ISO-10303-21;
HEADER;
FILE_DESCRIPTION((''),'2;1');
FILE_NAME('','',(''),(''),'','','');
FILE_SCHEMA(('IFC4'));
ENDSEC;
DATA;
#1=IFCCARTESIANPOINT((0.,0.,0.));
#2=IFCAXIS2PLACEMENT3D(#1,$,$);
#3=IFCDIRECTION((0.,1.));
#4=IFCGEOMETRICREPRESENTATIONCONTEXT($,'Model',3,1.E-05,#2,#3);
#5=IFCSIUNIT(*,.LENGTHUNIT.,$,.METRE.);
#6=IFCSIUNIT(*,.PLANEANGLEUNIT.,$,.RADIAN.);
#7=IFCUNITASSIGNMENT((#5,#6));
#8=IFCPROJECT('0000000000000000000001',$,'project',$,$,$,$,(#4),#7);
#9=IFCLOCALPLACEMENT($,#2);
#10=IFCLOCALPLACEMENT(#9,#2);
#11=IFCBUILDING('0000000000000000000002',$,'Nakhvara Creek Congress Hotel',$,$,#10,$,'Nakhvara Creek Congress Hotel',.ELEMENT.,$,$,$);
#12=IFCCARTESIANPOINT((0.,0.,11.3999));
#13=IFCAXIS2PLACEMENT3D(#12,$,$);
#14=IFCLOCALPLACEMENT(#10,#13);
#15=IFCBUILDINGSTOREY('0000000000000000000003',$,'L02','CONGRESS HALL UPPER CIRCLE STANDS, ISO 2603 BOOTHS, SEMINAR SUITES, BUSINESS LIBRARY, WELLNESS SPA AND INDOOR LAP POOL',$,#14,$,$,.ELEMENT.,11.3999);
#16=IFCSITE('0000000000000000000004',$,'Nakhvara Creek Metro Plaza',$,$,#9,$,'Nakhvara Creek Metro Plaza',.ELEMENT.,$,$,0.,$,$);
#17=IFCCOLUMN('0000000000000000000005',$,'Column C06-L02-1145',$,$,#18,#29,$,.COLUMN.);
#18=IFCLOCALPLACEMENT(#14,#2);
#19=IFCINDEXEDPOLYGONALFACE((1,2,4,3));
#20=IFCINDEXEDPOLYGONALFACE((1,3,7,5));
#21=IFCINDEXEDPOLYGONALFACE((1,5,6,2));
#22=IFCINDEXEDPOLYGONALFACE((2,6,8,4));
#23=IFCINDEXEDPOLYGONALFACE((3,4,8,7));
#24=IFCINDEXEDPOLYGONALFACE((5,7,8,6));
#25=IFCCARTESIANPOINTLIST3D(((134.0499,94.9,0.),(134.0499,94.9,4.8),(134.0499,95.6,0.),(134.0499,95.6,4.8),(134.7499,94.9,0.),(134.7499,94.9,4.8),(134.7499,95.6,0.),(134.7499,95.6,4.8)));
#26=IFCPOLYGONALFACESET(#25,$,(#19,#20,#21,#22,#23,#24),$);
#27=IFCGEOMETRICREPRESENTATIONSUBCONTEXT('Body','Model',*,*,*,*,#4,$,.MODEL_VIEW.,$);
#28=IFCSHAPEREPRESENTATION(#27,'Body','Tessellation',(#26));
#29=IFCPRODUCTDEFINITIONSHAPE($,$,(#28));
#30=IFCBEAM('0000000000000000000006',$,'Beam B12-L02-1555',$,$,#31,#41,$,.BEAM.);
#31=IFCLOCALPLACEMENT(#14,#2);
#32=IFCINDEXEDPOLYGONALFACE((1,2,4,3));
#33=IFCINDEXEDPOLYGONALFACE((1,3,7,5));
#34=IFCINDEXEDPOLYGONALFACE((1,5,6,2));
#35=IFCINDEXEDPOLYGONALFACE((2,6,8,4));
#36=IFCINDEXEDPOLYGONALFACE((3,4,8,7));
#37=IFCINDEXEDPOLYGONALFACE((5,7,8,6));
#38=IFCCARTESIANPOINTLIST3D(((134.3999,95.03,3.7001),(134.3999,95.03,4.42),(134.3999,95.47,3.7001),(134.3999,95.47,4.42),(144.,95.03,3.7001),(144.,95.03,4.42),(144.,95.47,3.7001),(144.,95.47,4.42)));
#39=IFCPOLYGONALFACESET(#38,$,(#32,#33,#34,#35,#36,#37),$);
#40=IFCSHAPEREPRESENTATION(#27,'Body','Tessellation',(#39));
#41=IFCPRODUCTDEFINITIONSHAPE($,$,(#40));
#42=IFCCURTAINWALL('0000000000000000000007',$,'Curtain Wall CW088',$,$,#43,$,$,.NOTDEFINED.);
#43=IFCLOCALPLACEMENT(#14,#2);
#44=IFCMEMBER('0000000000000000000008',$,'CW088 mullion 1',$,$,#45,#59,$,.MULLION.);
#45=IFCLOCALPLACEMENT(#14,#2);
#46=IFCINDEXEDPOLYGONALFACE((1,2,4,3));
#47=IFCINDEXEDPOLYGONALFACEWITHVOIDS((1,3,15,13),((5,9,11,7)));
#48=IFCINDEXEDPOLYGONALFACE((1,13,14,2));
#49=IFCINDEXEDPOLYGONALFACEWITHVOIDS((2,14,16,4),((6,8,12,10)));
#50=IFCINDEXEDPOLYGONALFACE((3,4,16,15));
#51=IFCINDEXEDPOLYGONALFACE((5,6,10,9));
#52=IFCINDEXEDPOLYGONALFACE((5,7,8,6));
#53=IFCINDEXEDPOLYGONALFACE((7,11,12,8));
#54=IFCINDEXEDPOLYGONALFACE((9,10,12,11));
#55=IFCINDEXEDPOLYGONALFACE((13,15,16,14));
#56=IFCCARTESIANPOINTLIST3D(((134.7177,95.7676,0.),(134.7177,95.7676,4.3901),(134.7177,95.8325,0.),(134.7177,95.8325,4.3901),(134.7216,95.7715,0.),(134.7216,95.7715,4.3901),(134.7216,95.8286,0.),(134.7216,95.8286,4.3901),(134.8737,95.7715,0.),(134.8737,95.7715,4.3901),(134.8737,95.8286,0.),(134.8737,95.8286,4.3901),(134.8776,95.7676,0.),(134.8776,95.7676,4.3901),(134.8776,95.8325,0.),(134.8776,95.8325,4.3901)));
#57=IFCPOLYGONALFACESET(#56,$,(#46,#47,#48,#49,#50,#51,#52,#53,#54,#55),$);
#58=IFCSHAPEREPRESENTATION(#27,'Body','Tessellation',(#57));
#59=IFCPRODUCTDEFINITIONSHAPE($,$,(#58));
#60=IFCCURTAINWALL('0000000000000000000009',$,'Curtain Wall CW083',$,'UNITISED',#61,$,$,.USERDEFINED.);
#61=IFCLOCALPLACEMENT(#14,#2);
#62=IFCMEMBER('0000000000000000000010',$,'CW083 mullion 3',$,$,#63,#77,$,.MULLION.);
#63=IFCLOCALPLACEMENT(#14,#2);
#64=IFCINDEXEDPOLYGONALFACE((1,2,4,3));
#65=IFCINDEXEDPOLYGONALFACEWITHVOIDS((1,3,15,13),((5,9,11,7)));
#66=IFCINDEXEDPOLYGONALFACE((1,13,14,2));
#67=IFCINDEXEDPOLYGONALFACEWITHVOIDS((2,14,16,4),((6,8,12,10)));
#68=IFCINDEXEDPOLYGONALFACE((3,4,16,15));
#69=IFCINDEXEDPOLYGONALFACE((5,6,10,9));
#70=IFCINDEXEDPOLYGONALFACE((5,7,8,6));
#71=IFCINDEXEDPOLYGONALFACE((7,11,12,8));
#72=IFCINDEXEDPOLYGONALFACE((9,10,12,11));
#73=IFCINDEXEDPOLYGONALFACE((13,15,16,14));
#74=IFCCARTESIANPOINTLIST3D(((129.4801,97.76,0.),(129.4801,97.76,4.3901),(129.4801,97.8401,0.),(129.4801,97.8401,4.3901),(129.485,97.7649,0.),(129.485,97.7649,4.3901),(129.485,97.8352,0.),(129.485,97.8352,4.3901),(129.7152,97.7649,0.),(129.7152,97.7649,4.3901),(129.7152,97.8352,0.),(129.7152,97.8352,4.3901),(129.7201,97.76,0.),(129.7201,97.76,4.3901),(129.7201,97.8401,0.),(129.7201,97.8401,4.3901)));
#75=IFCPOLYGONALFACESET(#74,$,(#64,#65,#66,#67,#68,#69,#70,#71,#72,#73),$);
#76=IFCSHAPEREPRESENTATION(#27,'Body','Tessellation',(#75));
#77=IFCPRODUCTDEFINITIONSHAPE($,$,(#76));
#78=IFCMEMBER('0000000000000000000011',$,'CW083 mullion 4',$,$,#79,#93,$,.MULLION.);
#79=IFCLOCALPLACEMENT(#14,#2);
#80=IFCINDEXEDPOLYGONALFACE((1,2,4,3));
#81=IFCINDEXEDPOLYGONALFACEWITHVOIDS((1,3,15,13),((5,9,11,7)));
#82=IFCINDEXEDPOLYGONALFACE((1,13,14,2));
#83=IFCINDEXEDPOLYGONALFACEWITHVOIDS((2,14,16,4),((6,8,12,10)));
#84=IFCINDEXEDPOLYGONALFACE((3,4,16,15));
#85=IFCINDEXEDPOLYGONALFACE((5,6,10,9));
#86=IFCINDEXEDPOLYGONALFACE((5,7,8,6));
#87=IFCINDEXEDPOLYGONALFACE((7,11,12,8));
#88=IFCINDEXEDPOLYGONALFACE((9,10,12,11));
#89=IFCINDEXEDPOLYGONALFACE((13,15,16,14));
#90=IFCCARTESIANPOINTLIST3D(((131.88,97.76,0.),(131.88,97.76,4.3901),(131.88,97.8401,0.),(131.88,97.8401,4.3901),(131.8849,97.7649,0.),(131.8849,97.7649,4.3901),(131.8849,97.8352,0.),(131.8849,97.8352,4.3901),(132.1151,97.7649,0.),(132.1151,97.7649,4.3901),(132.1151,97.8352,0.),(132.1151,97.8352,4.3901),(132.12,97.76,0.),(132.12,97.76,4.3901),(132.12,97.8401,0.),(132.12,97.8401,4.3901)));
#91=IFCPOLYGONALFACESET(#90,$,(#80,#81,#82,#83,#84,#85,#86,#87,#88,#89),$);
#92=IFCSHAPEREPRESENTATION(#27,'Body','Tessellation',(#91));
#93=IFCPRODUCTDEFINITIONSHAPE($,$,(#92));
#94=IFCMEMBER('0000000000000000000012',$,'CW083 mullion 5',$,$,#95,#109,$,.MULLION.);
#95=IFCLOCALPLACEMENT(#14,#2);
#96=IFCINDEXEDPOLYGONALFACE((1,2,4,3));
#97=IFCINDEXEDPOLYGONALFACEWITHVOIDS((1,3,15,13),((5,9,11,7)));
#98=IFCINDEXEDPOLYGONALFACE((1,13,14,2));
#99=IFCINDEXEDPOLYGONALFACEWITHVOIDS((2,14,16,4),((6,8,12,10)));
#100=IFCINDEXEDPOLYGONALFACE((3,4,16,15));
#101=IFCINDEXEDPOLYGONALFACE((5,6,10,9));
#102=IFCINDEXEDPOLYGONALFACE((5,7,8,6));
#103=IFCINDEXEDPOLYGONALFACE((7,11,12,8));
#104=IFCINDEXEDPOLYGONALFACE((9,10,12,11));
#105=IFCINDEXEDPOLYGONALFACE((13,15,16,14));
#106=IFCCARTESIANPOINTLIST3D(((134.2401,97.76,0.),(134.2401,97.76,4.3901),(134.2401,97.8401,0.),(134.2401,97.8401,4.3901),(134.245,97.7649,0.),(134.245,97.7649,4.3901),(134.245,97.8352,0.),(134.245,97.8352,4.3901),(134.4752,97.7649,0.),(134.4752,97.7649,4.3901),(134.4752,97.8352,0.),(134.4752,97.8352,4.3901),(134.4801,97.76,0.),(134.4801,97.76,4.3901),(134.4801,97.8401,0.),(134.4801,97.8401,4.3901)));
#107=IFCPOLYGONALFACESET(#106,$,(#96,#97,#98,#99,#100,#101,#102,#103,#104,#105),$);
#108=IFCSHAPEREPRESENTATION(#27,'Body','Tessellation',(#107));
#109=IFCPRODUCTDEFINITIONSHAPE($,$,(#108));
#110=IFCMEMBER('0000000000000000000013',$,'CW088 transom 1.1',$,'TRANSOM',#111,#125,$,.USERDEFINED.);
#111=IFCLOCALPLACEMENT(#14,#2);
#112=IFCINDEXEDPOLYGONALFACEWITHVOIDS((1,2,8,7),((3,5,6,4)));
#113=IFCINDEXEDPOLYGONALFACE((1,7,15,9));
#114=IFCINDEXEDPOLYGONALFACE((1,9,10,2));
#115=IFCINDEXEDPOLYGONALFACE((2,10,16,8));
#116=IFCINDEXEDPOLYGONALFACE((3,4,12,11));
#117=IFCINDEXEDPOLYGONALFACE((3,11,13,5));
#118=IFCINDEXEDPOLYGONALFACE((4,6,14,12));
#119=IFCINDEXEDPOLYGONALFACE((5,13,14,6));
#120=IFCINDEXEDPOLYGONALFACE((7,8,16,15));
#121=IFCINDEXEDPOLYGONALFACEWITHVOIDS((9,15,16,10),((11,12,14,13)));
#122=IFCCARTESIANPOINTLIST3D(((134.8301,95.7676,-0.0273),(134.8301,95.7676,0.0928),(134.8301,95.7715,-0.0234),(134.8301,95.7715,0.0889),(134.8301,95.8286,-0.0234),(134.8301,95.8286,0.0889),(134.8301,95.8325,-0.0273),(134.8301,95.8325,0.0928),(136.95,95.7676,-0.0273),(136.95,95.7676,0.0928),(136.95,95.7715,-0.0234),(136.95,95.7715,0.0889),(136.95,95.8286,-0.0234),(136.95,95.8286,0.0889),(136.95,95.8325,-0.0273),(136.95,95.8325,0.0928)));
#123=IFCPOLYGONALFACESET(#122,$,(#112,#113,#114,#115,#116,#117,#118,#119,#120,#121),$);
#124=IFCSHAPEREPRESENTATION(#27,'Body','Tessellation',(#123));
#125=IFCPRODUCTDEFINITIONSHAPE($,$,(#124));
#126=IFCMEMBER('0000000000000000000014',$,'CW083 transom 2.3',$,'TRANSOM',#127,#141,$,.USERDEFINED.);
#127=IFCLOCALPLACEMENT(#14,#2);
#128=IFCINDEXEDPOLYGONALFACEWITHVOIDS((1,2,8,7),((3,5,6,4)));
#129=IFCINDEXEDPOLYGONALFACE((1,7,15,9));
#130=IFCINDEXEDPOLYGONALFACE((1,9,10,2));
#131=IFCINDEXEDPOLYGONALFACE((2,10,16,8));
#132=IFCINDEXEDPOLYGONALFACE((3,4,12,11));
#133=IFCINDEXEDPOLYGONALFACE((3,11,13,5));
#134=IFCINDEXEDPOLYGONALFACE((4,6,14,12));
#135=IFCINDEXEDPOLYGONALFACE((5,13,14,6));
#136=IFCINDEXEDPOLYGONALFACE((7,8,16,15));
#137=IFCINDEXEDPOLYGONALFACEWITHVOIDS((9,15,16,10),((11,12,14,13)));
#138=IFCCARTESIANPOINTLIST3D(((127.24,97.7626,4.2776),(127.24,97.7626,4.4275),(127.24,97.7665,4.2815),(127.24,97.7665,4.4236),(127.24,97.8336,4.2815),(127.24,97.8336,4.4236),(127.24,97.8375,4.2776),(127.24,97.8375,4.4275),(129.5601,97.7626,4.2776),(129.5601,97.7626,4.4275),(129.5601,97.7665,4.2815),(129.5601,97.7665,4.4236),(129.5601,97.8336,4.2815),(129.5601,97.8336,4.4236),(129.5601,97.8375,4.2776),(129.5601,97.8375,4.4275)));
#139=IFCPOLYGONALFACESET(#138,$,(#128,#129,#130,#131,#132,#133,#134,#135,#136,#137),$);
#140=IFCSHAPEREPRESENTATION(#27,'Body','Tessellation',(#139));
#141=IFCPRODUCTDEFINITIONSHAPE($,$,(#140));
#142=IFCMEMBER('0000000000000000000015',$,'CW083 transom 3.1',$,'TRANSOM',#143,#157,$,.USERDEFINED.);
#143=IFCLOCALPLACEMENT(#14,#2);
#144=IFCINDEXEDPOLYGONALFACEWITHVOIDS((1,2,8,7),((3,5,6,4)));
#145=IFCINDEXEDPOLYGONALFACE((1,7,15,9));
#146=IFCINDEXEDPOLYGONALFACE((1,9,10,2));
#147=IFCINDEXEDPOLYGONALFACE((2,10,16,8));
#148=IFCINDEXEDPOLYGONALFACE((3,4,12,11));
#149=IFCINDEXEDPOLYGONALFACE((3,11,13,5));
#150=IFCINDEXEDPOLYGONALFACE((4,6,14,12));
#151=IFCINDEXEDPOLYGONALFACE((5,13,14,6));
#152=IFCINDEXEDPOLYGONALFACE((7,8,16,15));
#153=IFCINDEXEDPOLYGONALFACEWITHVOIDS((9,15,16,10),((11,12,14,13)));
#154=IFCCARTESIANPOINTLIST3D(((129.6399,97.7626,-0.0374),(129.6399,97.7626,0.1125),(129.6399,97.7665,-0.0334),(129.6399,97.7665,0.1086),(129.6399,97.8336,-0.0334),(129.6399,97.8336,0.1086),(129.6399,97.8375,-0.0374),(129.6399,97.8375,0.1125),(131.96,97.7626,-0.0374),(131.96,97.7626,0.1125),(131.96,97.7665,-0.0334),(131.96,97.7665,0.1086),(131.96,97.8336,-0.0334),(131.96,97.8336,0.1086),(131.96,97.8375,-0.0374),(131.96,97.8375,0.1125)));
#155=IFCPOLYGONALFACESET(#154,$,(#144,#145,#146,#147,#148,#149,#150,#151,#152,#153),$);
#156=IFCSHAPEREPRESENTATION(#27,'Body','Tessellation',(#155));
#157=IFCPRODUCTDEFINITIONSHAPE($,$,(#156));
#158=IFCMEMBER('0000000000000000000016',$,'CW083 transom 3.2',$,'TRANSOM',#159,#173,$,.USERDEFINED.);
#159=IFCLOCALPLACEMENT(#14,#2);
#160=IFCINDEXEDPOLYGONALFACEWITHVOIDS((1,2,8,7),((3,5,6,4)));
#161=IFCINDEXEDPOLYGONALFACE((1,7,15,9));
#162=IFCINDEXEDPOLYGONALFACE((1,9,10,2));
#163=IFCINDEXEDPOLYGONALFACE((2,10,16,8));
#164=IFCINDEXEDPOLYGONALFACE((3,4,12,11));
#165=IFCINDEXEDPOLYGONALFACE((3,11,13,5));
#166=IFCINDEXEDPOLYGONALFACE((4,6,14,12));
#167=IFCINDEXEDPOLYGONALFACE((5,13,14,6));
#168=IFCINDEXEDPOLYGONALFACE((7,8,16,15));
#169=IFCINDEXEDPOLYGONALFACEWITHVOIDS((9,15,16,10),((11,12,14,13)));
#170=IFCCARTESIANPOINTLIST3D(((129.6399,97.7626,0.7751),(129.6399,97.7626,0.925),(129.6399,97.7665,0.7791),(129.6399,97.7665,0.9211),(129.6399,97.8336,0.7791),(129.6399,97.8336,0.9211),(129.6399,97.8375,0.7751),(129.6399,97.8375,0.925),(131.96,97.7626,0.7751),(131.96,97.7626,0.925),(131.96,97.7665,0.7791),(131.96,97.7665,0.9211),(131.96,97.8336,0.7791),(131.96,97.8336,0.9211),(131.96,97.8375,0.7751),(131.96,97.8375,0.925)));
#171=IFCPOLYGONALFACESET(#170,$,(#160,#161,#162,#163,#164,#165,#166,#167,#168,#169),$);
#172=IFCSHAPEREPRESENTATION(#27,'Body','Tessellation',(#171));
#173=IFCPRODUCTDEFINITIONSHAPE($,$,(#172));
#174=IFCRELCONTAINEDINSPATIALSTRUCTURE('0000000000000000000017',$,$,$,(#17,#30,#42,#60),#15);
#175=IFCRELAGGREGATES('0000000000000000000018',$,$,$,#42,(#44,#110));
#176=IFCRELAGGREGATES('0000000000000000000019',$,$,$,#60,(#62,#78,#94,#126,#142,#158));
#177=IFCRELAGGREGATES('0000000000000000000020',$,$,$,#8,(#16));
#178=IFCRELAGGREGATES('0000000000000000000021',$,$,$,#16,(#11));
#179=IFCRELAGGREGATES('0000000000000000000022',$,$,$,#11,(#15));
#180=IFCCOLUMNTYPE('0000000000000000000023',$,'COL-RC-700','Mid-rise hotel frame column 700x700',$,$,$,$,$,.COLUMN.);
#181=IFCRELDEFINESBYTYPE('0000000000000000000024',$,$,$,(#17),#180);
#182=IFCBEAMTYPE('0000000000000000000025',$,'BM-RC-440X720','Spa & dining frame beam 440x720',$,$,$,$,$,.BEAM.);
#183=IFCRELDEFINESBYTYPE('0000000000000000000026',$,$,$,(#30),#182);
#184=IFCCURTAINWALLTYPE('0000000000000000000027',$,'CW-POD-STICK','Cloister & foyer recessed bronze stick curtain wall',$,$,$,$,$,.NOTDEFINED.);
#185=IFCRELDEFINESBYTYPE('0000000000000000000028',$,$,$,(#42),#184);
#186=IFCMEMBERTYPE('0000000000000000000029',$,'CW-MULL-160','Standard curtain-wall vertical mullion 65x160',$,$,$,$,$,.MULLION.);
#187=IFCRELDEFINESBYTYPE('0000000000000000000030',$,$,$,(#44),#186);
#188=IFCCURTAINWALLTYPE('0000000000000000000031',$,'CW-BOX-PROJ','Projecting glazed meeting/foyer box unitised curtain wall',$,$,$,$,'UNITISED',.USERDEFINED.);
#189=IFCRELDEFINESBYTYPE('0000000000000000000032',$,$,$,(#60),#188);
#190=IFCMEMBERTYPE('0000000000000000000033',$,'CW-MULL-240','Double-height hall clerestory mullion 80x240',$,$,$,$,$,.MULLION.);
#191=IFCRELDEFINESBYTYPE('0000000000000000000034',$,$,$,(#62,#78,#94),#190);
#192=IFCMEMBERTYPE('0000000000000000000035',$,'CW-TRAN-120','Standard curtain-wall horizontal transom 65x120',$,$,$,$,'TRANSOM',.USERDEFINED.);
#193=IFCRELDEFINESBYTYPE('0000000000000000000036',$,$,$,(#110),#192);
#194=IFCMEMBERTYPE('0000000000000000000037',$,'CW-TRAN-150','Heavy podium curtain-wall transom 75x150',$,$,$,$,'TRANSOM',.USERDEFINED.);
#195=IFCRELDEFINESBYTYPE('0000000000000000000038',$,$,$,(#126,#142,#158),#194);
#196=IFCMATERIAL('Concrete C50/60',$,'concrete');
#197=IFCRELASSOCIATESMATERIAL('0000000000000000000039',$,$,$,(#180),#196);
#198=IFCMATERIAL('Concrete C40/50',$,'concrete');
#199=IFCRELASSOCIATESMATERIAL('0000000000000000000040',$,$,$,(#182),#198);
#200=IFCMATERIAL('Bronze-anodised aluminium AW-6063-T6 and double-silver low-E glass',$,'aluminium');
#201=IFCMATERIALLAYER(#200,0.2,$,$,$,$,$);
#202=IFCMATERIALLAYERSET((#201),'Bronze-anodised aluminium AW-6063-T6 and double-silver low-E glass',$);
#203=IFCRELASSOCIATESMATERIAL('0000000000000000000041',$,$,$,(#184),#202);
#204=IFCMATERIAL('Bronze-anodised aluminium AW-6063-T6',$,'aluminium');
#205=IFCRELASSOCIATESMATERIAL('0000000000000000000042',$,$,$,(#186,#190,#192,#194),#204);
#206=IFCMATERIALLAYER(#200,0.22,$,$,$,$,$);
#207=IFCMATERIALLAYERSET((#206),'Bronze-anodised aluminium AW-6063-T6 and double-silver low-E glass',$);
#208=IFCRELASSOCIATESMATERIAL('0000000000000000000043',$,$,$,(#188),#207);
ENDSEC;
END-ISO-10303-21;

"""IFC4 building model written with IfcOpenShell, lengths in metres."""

from ifc_helpers import new_model, si_unit, direction, frame, origin, origin_2d, place, context, subcontext, project, spatial, rectangle, hollow_rectangle, extrude, material, layer, layer_set, material_profile, profile_set, type_object, element, aggregate, save


model = new_model("IFC4")

# Units and contexts
model_context = context("Model", 3, precision=1e-05, world=origin(), true_north=direction((0.0, 1.0)))
body_context = subcontext(model_context, "Body", "Model", "MODEL_VIEW")
ifc_project = project(units=[si_unit("LENGTHUNIT", "METRE"), si_unit("PLANEANGLEUNIT", "RADIAN")], contexts=[model_context])

# Site, building, storey
site_placement = place(None, origin())
site = spatial("IfcSite", under=ifc_project, at=site_placement, Name="Nakhvara Creek Metro Plaza", LongName="Nakhvara Creek Metro Plaza", CompositionType="ELEMENT", RefElevation=0.0)
building_placement = place(site_placement, origin())
building = spatial("IfcBuilding", under=site, at=building_placement, Name="Nakhvara Creek Congress Hotel", LongName="Nakhvara Creek Congress Hotel", CompositionType="ELEMENT")
storey_placement = place(building_placement, frame((0.0, 0.0, 11.3999)))
storey = spatial("IfcBuildingStorey", under=building, at=storey_placement, Name="L02", Description="CONGRESS HALL UPPER CIRCLE STANDS, ISO 2603 BOOTHS, SEMINAR SUITES, BUSINESS LIBRARY, WELLNESS SPA AND INDOOR LAP POOL", CompositionType="ELEMENT", Elevation=11.3999)

# Column
ifc_material_1 = material(Name="Concrete C50/60", Category="concrete")
ifc_material_profile_1 = material_profile(ifc_material_1, rectangle(XDim=0.7, YDim=0.7, at=origin_2d()), Name="RC-COL 700x700", Category="LoadBearing")
ifc_profile_set_1 = profile_set([ifc_material_profile_1], Name="Concrete C50/60")
column_type = type_object("IfcColumnType", Name="COL-RC-700", Description="Mid-rise hotel frame column 700x700", PredefinedType="COLUMN", material=ifc_profile_set_1)
column_placement = place(storey_placement, frame((134.3999, 95.25, 0.0), z_axis=(0.0, 0.0, 1.0), x_axis=(1.0, 0.0, 0.0)))
element("IfcColumn", 1, at=column_placement, inside=storey, type_object=column_type, Name="Column C06-L02-1145", PredefinedType="COLUMN", context=body_context, shape_type="SweptSolid", body=[
    extrude(rectangle(XDim=0.7, YDim=0.7, at=origin_2d()), origin(), (0.0, 0.0, 1.0), 4.8),
])

# Beam
ifc_material_2 = material(Name="Concrete C40/50", Category="concrete")
ifc_material_profile_2 = material_profile(ifc_material_2, rectangle(XDim=0.4399, YDim=0.72, at=origin_2d()), Name="RC-BM 440x720", Category="LoadBearing")
ifc_profile_set_2 = profile_set([ifc_material_profile_2], Name="Concrete C40/50")
beam_type = type_object("IfcBeamType", Name="BM-RC-440X720", Description="Spa & dining frame beam 440x720", PredefinedType="BEAM", material=ifc_profile_set_2)
beam_placement = place(storey_placement, frame((134.3999, 95.25, 4.0601), z_axis=(1.0, 0.0, 0.0), x_axis=(0.0, 1.0, 0.0)))
element("IfcBeam", 2, at=beam_placement, inside=storey, type_object=beam_type, Name="Beam B12-L02-1555", PredefinedType="BEAM", context=body_context, shape_type="SweptSolid", body=[
    extrude(rectangle(XDim=0.4399, YDim=0.72, at=origin_2d()), origin(), (0.0, 0.0, 1.0), 9.6001),
])

# Curtain wall, member
ifc_material_3 = material(Name="Bronze-anodised aluminium AW-6063-T6 and double-silver low-E glass", Category="aluminium")
ifc_layer_1 = layer(ifc_material_3, 0.2)
ifc_layer_set_1 = layer_set([ifc_layer_1], Name="Bronze-anodised aluminium AW-6063-T6 and double-silver low-E glass")
curtain_wall_type_1 = type_object("IfcCurtainWallType", Name="CW-POD-STICK", Description="Cloister & foyer recessed bronze stick curtain wall", PredefinedType="NOTDEFINED", material=ifc_layer_set_1)
curtain_wall_1_placement = place(storey_placement, origin())
curtain_wall_1 = element("IfcCurtainWall", 3, at=curtain_wall_1_placement, inside=storey, type_object=curtain_wall_type_1, Name="Curtain Wall CW088", PredefinedType="NOTDEFINED")
ifc_material_4 = material(Name="Bronze-anodised aluminium AW-6063-T6", Category="aluminium")
ifc_material_profile_3 = material_profile(ifc_material_4, hollow_rectangle(XDim=0.0649, YDim=0.1599, WallThickness=0.0039, at=origin_2d()), Name="ALU-MULL 65x160x4", Category="LoadBearing")
ifc_profile_set_3 = profile_set([ifc_material_profile_3], Name="Bronze-anodised aluminium AW-6063-T6")
member_type_1 = type_object("IfcMemberType", Name="CW-MULL-160", Description="Standard curtain-wall vertical mullion 65x160", PredefinedType="MULLION", material=ifc_profile_set_3)
member_1_placement = place(storey_placement, frame((134.7976, 95.8, 0.0), z_axis=(0.0, 0.0, 1.0), x_axis=(0.0, 1.0, 0.0)))
member_1 = element("IfcMember", 4, at=member_1_placement, type_object=member_type_1, Name="CW088 mullion 1", PredefinedType="MULLION", context=body_context, shape_type="SweptSolid", body=[
    extrude(hollow_rectangle(XDim=0.0649, YDim=0.1599, WallThickness=0.0039, at=origin_2d()), origin(), (0.0, 0.0, 1.0), 4.3901),
])

# Curtain wall, members
ifc_layer_2 = layer(ifc_material_3, 0.22)
ifc_layer_set_2 = layer_set([ifc_layer_2], Name="Bronze-anodised aluminium AW-6063-T6 and double-silver low-E glass")
curtain_wall_type_2 = type_object("IfcCurtainWallType", Name="CW-BOX-PROJ", Description="Projecting glazed meeting/foyer box unitised curtain wall", ElementType="UNITISED", PredefinedType="USERDEFINED", material=ifc_layer_set_2)
curtain_wall_2_placement = place(storey_placement, origin())
curtain_wall_2 = element("IfcCurtainWall", 5, at=curtain_wall_2_placement, inside=storey, type_object=curtain_wall_type_2, Name="Curtain Wall CW083", ObjectType="UNITISED", PredefinedType="USERDEFINED")
ifc_material_profile_4 = material_profile(ifc_material_4, hollow_rectangle(XDim=0.0801, YDim=0.24, WallThickness=0.0049, at=origin_2d()), Name="ALU-MULL 80x240x5", Category="LoadBearing")
ifc_profile_set_4 = profile_set([ifc_material_profile_4], Name="Bronze-anodised aluminium AW-6063-T6")
member_type_2 = type_object("IfcMemberType", Name="CW-MULL-240", Description="Double-height hall clerestory mullion 80x240", PredefinedType="MULLION", material=ifc_profile_set_4)
member_2_placement = place(storey_placement, frame((129.6001, 97.8, 0.0), z_axis=(0.0, 0.0, 1.0), x_axis=(0.0, 1.0, 0.0)))
member_2 = element("IfcMember", 6, at=member_2_placement, type_object=member_type_2, Name="CW083 mullion 3", PredefinedType="MULLION", context=body_context, shape_type="SweptSolid", body=[
    extrude(hollow_rectangle(XDim=0.0801, YDim=0.24, WallThickness=0.0049, at=origin_2d()), origin(), (0.0, 0.0, 1.0), 4.3901),
])
member_3_placement = place(storey_placement, frame((132.0, 97.8, 0.0), z_axis=(0.0, 0.0, 1.0), x_axis=(0.0, 1.0, 0.0)))
member_3 = element("IfcMember", 7, at=member_3_placement, type_object=member_type_2, Name="CW083 mullion 4", PredefinedType="MULLION", context=body_context, shape_type="SweptSolid", body=[
    extrude(hollow_rectangle(XDim=0.0801, YDim=0.24, WallThickness=0.0049, at=origin_2d()), origin(), (0.0, 0.0, 1.0), 4.3901),
])
member_4_placement = place(storey_placement, frame((134.3601, 97.8, 0.0), z_axis=(0.0, 0.0, 1.0), x_axis=(0.0, 1.0, 0.0)))
member_4 = element("IfcMember", 8, at=member_4_placement, type_object=member_type_2, Name="CW083 mullion 5", PredefinedType="MULLION", context=body_context, shape_type="SweptSolid", body=[
    extrude(hollow_rectangle(XDim=0.0801, YDim=0.24, WallThickness=0.0049, at=origin_2d()), origin(), (0.0, 0.0, 1.0), 4.3901),
])

# Members
ifc_material_profile_5 = material_profile(ifc_material_4, hollow_rectangle(XDim=0.0649, YDim=0.1201, WallThickness=0.0039, at=origin_2d()), Name="ALU-TRAN 65x120x4", Category="LoadBearing")
ifc_profile_set_5 = profile_set([ifc_material_profile_5], Name="Bronze-anodised aluminium AW-6063-T6")
member_type_3 = type_object("IfcMemberType", Name="CW-TRAN-120", Description="Standard curtain-wall horizontal transom 65x120", ElementType="TRANSOM", PredefinedType="USERDEFINED", material=ifc_profile_set_5)
member_5_placement = place(storey_placement, frame((134.8301, 95.8, 0.0327), z_axis=(1.0, 0.0, 0.0), x_axis=(0.0, 1.0, 0.0)))
member_5 = element("IfcMember", 9, at=member_5_placement, type_object=member_type_3, Name="CW088 transom 1.1", ObjectType="TRANSOM", PredefinedType="USERDEFINED", context=body_context, shape_type="SweptSolid", body=[
    extrude(hollow_rectangle(XDim=0.0649, YDim=0.1201, WallThickness=0.0039, at=origin_2d()), origin(), (0.0, 0.0, 1.0), 2.1199),
])
aggregate(curtain_wall_1, [member_1, member_5])
ifc_material_profile_6 = material_profile(ifc_material_4, hollow_rectangle(XDim=0.075, YDim=0.1499, WallThickness=0.0039, at=origin_2d()), Name="ALU-TRAN 75x150x4", Category="LoadBearing")
ifc_profile_set_6 = profile_set([ifc_material_profile_6], Name="Bronze-anodised aluminium AW-6063-T6")
member_type_4 = type_object("IfcMemberType", Name="CW-TRAN-150", Description="Heavy podium curtain-wall transom 75x150", ElementType="TRANSOM", PredefinedType="USERDEFINED", material=ifc_profile_set_6)
member_6_placement = place(storey_placement, frame((127.24, 97.8, 4.3525), z_axis=(1.0, 0.0, 0.0), x_axis=(0.0, 1.0, 0.0)))
member_6 = element("IfcMember", 10, at=member_6_placement, type_object=member_type_4, Name="CW083 transom 2.3", ObjectType="TRANSOM", PredefinedType="USERDEFINED", context=body_context, shape_type="SweptSolid", body=[
    extrude(hollow_rectangle(XDim=0.075, YDim=0.1499, WallThickness=0.0039, at=origin_2d()), origin(), (0.0, 0.0, 1.0), 2.3201),
])
member_7_placement = place(storey_placement, frame((129.6399, 97.8, 0.0376), z_axis=(1.0, 0.0, 0.0), x_axis=(0.0, 1.0, 0.0)))
member_7 = element("IfcMember", 11, at=member_7_placement, type_object=member_type_4, Name="CW083 transom 3.1", ObjectType="TRANSOM", PredefinedType="USERDEFINED", context=body_context, shape_type="SweptSolid", body=[
    extrude(hollow_rectangle(XDim=0.075, YDim=0.1499, WallThickness=0.0039, at=origin_2d()), origin(), (0.0, 0.0, 1.0), 2.3201),
])
member_8_placement = place(storey_placement, frame((129.6399, 97.8, 0.8501), z_axis=(1.0, 0.0, 0.0), x_axis=(0.0, 1.0, 0.0)))
member_8 = element("IfcMember", 12, at=member_8_placement, type_object=member_type_4, Name="CW083 transom 3.2", ObjectType="TRANSOM", PredefinedType="USERDEFINED", context=body_context, shape_type="SweptSolid", body=[
    extrude(hollow_rectangle(XDim=0.075, YDim=0.1499, WallThickness=0.0039, at=origin_2d()), origin(), (0.0, 0.0, 1.0), 2.3201),
])

aggregate(curtain_wall_2, [member_2, member_3, member_4, member_6, member_7, member_8])

save(model, "model.ifc")
